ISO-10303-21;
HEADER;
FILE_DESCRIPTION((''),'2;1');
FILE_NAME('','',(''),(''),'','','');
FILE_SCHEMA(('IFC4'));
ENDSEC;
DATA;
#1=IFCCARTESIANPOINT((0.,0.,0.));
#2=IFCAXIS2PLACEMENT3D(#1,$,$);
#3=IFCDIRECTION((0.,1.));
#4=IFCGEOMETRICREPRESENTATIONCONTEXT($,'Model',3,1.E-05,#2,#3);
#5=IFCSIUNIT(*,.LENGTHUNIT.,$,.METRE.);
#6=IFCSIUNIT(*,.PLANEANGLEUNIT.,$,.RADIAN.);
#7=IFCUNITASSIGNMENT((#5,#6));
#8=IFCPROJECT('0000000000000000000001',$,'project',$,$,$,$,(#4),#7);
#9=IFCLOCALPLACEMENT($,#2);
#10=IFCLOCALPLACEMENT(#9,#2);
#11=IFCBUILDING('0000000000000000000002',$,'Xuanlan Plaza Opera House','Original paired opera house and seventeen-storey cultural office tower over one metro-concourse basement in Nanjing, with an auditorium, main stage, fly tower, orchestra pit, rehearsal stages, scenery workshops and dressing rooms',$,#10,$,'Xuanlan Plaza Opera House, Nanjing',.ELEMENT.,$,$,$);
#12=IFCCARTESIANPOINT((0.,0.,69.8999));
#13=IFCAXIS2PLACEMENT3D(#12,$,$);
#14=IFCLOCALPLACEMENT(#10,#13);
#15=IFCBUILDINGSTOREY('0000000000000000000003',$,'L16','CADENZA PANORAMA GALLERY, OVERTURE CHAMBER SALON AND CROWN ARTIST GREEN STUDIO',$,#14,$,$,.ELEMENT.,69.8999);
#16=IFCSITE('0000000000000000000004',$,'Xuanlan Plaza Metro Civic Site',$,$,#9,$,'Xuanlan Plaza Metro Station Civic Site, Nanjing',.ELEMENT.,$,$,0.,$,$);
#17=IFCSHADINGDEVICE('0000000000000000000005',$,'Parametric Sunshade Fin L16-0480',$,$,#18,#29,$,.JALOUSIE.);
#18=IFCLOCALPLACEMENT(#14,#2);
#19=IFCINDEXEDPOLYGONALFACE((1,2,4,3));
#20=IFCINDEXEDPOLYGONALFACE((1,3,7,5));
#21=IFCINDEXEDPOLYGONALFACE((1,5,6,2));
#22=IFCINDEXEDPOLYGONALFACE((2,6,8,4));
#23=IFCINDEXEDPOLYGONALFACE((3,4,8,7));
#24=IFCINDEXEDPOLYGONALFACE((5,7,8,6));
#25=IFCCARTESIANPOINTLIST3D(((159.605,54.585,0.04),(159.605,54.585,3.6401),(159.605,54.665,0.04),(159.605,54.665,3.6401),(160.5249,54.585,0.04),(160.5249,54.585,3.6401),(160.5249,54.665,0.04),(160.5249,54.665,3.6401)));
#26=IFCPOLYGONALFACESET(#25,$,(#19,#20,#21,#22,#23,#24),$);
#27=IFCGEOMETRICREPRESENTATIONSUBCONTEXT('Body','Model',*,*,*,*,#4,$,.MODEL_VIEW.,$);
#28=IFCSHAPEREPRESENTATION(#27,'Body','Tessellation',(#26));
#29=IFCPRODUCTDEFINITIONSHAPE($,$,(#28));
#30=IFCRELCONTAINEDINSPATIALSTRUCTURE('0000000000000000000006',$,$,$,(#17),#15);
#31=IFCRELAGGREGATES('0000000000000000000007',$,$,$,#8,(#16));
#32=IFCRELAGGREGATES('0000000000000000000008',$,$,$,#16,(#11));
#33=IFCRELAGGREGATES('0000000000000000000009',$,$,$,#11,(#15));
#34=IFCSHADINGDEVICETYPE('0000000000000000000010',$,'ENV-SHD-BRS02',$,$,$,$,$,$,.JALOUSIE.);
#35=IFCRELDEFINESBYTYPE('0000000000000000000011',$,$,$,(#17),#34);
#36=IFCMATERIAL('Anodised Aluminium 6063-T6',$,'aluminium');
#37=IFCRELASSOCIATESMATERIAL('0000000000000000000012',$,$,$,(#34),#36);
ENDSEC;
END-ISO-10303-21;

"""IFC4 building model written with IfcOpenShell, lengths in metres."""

from ifc_helpers import new_model, si_unit, direction, frame, origin, origin_2d, place, context, subcontext, project, spatial, rectangle, extrude, material, type_object, element, save


model = new_model("IFC4")

# Units and contexts
model_context = context("Model", 3, precision=1e-05, world=origin(), true_north=direction((0.0, 1.0)))
body_context = subcontext(model_context, "Body", "Model", "MODEL_VIEW")
ifc_project = project(units=[si_unit("LENGTHUNIT", "METRE"), si_unit("PLANEANGLEUNIT", "RADIAN")], contexts=[model_context])

# Site, building, storey
site_placement = place(None, origin())
site = spatial("IfcSite", under=ifc_project, at=site_placement, Name="Xuanlan Plaza Metro Civic Site", LongName="Xuanlan Plaza Metro Station Civic Site, Nanjing", CompositionType="ELEMENT", RefElevation=0.0)
building_placement = place(site_placement, origin())
building = spatial("IfcBuilding", under=site, at=building_placement, Name="Xuanlan Plaza Opera House", Description="Original paired opera house and seventeen-storey cultural office tower over one metro-concourse basement in Nanjing, with an auditorium, main stage, fly tower, orchestra pit, rehearsal stages, scenery workshops and dressing rooms", LongName="Xuanlan Plaza Opera House, Nanjing", CompositionType="ELEMENT")
storey_placement = place(building_placement, frame((0.0, 0.0, 69.8999)))
storey = spatial("IfcBuildingStorey", under=building, at=storey_placement, Name="L16", Description="CADENZA PANORAMA GALLERY, OVERTURE CHAMBER SALON AND CROWN ARTIST GREEN STUDIO", CompositionType="ELEMENT", Elevation=69.8999)

# Shared definitions
ifc_material_1 = material(Name="Anodised Aluminium 6063-T6", Category="aluminium")

# Shading device
shading_device_type = type_object("IfcShadingDeviceType", Name="ENV-SHD-BRS02", PredefinedType="JALOUSIE", material=ifc_material_1)
shading_device_placement = place(storey_placement, frame((160.0649, 54.625, 0.04), z_axis=(0.0, 0.0, 1.0), x_axis=(1.0, 0.0, 0.0)))
element("IfcShadingDevice", 1, at=shading_device_placement, inside=storey, type_object=shading_device_type, Name="Parametric Sunshade Fin L16-0480", PredefinedType="JALOUSIE", context=body_context, shape_type="SweptSolid", body=[
    extrude(rectangle(XDim=0.9199, YDim=0.0801, at=origin_2d()), origin(), (0.0, 0.0, 1.0), 3.6001),
])

save(model, "model.ifc")
